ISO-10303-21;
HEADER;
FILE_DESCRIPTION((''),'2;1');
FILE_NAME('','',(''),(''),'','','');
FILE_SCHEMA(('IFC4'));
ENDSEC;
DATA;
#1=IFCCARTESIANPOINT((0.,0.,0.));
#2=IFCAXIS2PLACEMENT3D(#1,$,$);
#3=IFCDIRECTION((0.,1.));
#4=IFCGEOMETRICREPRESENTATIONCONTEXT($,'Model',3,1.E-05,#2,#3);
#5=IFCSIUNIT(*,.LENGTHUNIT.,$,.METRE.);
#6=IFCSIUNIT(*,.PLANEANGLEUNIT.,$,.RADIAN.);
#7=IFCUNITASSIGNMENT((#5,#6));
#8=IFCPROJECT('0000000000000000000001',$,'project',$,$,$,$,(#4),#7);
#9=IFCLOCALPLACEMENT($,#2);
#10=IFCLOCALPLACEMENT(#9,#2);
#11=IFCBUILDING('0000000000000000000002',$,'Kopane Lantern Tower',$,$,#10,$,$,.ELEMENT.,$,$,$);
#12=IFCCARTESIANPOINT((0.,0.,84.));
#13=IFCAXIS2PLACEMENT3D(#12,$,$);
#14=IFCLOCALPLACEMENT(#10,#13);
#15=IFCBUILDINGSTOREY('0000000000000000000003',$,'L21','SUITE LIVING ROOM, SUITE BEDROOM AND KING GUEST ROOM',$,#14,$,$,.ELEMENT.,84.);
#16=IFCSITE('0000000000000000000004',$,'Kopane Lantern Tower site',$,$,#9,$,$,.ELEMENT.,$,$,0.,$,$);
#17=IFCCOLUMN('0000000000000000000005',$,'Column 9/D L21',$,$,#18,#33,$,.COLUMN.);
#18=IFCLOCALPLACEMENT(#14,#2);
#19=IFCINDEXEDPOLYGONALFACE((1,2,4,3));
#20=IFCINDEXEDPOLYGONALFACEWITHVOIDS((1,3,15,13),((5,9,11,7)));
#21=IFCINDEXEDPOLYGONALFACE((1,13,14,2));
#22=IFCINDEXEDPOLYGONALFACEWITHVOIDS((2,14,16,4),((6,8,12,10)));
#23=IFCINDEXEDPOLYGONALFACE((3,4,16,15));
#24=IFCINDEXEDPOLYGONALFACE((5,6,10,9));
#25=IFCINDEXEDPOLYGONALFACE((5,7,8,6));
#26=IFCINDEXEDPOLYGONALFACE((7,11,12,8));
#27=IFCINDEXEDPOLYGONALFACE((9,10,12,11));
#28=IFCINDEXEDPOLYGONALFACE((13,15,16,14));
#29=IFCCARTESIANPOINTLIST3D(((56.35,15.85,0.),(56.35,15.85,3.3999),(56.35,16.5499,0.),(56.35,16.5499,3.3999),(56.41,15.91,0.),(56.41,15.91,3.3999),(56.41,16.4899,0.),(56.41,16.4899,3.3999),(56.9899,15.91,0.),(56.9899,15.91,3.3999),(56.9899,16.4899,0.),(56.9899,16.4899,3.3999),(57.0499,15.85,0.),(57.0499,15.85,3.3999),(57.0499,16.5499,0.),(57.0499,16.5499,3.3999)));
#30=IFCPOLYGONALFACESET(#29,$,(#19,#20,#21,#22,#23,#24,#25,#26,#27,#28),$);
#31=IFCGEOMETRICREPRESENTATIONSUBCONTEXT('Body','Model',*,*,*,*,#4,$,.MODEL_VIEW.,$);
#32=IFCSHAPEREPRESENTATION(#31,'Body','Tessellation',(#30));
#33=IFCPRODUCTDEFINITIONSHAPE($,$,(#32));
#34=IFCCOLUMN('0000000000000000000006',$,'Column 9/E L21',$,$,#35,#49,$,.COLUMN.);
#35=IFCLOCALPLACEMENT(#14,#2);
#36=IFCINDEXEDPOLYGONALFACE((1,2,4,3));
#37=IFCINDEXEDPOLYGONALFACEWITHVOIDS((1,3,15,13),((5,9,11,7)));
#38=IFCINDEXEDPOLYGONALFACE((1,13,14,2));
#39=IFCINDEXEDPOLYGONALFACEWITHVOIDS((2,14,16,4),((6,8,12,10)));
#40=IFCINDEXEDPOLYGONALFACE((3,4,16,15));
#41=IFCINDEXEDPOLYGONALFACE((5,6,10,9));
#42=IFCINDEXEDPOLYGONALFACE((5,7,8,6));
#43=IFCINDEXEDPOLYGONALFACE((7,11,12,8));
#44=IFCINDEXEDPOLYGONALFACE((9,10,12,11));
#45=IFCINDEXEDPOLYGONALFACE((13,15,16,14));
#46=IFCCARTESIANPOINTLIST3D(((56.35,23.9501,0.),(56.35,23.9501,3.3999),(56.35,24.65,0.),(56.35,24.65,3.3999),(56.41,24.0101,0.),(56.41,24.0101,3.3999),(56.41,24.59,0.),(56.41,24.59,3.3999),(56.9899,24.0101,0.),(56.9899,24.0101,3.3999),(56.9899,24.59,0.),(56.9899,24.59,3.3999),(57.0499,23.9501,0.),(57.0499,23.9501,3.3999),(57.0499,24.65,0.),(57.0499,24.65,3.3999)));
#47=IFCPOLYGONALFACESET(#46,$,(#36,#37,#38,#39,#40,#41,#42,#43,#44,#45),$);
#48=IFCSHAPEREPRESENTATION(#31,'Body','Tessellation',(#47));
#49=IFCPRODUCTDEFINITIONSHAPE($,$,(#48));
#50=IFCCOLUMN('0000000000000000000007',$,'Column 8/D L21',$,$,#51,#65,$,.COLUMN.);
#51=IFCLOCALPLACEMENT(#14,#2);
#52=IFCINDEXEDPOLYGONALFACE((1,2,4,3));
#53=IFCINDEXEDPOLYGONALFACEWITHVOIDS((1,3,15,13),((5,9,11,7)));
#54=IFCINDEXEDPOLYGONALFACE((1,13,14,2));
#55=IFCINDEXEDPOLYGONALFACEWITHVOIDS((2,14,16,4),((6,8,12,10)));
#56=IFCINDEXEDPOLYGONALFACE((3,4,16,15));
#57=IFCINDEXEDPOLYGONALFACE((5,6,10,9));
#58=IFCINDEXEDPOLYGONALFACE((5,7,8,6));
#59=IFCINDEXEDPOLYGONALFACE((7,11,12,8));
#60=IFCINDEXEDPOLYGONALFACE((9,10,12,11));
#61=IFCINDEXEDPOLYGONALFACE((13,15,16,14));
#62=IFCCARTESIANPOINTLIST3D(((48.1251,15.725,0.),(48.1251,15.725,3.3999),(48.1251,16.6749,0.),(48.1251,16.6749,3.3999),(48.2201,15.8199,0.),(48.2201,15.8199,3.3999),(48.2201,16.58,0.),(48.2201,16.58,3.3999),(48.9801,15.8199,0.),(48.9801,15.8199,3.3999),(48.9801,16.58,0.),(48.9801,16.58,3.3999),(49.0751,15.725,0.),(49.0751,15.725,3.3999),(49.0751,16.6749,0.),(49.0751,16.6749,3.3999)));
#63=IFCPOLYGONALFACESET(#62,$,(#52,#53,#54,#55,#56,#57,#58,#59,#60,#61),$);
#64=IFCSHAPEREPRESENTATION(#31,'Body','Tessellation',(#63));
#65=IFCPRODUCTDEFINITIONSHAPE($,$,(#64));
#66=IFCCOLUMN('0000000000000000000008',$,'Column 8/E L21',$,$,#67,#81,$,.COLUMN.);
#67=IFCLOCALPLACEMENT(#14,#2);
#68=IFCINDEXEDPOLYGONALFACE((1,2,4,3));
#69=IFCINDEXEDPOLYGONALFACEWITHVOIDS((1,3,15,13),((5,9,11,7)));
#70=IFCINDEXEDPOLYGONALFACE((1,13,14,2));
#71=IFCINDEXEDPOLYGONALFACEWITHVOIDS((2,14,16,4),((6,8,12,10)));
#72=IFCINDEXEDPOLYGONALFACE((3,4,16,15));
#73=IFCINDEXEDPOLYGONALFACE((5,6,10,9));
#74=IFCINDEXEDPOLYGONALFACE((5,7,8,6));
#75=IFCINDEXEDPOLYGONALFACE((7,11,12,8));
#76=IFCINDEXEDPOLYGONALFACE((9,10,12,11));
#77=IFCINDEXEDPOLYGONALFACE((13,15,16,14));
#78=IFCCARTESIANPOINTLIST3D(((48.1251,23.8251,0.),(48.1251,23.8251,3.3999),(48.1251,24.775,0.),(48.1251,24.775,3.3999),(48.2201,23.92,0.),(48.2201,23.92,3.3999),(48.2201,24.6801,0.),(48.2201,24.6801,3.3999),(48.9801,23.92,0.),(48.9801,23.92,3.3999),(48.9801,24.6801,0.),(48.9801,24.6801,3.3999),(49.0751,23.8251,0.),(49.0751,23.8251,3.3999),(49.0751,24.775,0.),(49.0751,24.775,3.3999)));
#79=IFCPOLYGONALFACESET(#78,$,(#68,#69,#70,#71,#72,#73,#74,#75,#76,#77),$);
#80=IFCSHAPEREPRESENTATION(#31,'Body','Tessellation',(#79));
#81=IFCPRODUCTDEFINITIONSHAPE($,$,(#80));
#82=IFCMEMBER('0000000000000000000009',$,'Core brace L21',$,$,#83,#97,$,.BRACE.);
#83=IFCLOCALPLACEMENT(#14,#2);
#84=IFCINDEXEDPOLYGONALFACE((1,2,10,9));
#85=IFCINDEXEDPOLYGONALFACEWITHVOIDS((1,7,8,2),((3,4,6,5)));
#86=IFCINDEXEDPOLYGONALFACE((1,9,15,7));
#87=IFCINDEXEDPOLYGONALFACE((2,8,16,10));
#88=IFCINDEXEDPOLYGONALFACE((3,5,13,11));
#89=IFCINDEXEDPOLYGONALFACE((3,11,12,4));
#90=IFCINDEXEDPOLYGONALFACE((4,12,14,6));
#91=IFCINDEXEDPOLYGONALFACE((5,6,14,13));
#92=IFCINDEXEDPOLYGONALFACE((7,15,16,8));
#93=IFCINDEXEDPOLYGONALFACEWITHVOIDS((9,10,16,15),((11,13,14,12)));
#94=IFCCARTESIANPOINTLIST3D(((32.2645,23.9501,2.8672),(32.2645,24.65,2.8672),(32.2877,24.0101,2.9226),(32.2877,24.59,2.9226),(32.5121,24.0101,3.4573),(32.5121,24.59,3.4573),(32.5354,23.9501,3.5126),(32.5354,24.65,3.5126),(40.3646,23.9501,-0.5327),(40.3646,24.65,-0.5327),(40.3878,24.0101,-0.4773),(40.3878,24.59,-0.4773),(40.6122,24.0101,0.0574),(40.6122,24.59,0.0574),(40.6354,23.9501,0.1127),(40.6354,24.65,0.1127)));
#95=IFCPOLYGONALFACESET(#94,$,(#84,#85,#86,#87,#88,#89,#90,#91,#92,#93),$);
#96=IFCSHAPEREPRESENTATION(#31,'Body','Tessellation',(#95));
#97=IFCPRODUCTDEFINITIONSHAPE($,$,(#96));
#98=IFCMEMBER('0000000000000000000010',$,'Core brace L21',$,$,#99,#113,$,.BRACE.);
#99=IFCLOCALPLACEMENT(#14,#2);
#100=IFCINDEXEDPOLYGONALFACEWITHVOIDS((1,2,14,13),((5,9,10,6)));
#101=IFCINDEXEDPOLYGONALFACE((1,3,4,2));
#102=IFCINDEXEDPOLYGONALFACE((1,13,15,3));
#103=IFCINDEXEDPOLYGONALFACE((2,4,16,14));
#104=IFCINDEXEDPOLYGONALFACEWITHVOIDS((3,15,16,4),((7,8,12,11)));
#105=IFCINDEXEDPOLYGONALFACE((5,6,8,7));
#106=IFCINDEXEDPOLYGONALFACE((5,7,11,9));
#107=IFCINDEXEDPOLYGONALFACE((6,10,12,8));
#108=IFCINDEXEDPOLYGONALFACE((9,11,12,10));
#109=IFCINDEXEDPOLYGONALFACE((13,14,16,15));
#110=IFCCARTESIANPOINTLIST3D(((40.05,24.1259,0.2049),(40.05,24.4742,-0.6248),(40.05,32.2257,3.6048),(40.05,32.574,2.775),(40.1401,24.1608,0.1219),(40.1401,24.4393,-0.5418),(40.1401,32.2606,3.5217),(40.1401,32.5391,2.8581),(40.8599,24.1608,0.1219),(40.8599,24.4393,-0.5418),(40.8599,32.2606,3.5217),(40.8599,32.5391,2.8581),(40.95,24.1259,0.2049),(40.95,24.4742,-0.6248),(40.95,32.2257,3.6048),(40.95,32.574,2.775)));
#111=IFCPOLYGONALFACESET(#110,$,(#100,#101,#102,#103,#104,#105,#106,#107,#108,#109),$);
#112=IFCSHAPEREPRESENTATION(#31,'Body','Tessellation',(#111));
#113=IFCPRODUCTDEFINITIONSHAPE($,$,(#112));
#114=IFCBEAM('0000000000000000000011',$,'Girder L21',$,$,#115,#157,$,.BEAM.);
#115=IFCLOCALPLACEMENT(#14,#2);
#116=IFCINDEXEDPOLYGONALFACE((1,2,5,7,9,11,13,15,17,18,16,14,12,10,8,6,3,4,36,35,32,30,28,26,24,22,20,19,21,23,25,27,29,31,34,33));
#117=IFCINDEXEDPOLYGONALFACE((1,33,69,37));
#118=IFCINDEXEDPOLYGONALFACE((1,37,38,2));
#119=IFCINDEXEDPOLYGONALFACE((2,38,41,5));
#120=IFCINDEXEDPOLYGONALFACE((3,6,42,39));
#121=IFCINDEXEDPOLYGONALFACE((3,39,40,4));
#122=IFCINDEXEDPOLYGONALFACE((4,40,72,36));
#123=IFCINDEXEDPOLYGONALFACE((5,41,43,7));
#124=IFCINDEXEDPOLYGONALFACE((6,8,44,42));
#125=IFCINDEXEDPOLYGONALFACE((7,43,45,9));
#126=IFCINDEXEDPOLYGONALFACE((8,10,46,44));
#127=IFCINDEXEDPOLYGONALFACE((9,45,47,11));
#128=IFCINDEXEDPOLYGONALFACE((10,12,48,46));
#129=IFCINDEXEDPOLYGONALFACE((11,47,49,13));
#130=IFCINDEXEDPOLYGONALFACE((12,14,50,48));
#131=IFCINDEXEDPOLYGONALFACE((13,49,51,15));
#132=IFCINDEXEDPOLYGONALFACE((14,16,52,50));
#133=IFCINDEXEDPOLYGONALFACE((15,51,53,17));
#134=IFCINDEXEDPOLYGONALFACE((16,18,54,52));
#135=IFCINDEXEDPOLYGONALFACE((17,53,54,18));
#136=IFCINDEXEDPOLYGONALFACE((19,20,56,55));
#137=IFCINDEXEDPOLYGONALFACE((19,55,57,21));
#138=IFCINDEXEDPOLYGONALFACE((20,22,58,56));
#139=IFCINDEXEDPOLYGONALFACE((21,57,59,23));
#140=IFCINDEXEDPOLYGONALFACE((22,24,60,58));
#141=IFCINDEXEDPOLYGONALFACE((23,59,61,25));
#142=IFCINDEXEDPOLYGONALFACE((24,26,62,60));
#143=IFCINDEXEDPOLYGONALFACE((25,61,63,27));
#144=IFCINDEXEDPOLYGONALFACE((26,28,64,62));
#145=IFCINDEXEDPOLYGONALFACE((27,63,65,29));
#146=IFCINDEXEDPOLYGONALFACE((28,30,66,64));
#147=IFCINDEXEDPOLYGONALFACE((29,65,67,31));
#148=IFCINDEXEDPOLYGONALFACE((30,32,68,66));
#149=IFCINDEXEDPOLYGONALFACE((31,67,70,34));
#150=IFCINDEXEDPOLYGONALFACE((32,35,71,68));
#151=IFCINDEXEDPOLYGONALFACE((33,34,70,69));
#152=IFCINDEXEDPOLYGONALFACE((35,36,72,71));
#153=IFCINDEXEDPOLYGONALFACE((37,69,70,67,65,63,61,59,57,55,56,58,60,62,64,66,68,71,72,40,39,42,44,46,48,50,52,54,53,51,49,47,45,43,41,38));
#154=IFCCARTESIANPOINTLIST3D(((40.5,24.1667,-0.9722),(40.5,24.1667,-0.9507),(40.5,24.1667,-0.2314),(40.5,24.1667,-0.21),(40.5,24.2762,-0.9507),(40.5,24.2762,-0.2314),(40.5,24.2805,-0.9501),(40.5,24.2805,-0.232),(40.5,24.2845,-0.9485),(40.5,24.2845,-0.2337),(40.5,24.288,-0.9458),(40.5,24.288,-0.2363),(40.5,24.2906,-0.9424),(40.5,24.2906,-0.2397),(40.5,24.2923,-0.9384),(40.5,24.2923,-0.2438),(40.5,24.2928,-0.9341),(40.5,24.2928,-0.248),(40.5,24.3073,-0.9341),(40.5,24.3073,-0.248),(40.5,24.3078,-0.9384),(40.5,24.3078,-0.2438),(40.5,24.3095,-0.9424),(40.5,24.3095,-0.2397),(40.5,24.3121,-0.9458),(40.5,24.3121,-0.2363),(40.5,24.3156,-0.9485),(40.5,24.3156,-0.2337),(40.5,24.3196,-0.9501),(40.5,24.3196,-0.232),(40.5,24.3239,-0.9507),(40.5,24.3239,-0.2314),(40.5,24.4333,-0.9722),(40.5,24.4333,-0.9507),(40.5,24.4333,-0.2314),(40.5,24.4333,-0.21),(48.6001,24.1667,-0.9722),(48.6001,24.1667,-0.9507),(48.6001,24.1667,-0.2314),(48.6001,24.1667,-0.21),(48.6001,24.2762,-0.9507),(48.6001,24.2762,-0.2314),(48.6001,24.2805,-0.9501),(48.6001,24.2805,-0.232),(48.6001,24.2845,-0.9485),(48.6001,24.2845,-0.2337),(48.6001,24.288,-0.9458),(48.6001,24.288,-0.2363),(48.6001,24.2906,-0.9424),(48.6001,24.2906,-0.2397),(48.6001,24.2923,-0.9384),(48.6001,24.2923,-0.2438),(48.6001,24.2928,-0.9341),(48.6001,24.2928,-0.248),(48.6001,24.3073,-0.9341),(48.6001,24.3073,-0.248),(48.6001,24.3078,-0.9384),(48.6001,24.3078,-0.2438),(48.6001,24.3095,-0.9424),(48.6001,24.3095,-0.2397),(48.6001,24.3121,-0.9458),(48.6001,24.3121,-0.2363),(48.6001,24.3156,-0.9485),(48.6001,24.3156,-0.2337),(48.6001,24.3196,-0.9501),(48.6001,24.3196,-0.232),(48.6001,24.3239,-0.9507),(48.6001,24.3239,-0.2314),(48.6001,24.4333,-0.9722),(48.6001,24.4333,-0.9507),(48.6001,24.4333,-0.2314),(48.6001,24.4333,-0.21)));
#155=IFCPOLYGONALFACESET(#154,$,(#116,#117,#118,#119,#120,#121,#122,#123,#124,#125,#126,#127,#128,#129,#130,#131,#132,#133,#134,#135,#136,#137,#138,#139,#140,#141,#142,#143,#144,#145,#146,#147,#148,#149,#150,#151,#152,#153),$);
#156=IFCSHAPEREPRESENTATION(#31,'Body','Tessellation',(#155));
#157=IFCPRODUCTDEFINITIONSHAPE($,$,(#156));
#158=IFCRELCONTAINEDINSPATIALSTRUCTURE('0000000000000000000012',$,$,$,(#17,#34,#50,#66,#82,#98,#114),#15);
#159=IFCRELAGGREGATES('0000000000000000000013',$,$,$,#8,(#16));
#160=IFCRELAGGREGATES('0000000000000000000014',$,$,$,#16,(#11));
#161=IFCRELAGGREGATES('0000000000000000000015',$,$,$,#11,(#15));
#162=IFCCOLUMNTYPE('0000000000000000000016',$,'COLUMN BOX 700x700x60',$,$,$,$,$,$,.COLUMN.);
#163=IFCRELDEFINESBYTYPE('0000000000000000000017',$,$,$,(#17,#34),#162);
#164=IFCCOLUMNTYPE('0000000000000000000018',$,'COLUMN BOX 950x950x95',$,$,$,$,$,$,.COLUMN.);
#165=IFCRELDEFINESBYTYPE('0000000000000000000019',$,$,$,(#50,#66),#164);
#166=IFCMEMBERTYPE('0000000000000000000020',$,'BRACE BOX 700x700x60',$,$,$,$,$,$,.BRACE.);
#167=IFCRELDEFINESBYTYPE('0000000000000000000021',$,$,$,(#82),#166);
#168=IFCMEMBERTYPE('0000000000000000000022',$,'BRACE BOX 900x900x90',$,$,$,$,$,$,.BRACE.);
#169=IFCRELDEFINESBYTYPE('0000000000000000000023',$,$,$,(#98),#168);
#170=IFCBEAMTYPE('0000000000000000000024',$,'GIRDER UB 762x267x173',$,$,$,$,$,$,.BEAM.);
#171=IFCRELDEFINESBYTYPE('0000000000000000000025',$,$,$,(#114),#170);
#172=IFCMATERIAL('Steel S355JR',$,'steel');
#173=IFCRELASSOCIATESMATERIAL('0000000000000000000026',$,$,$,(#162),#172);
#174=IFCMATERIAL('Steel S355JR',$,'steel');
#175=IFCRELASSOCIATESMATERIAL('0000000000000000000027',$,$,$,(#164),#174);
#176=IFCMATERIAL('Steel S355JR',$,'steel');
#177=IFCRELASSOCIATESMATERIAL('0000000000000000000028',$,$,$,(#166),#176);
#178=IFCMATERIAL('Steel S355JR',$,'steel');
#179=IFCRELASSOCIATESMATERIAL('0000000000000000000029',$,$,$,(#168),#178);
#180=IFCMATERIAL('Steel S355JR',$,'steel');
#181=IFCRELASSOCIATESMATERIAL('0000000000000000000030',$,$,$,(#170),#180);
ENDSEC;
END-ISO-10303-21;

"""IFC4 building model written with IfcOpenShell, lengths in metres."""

from ifc_helpers import new_model, si_unit, direction, frame, origin, origin_2d, place, context, subcontext, project, spatial, hollow_rectangle, i_section, extrude, material, material_profile, profile_set, type_object, element, save


model = new_model("IFC4")

# Units and contexts
model_context = context("Model", 3, precision=1e-05, world=origin(), true_north=direction((0.0, 1.0)))
body_context = subcontext(model_context, "Body", "Model", "MODEL_VIEW")
ifc_project = project(units=[si_unit("LENGTHUNIT", "METRE"), si_unit("PLANEANGLEUNIT", "RADIAN")], contexts=[model_context])

# Site, building, storey
site_placement = place(None, origin())
site = spatial("IfcSite", under=ifc_project, at=site_placement, Name="Kopane Lantern Tower site", CompositionType="ELEMENT", RefElevation=0.0)
building_placement = place(site_placement, origin())
building = spatial("IfcBuilding", under=site, at=building_placement, Name="Kopane Lantern Tower", CompositionType="ELEMENT")
storey_placement = place(building_placement, frame((0.0, 0.0, 84.0)))
storey = spatial("IfcBuildingStorey", under=building, at=storey_placement, Name="L21", Description="SUITE LIVING ROOM, SUITE BEDROOM AND KING GUEST ROOM", CompositionType="ELEMENT", Elevation=84.0)

# Columns
ifc_material_1 = material(Name="Steel S355JR", Category="steel")
ifc_material_profile_1 = material_profile(ifc_material_1, hollow_rectangle(XDim=0.7, YDim=0.7, WallThickness=0.0601, at=origin_2d()), Name="BOX 700x700x60")
ifc_profile_set_1 = profile_set([ifc_material_profile_1], Name="Steel S355JR")
column_type_1 = type_object("IfcColumnType", Name="COLUMN BOX 700x700x60", PredefinedType="COLUMN", material=ifc_profile_set_1)
for number, where, z_axis, x_axis, name in (
    (1, (56.7, 16.2, 0.0), (0.0, 0.0, 1.0), (1.0, 0.0, 0.0), "Column 9/D L21"),
    (2, (56.7, 24.3, 0.0), (0.0, 0.0, 1.0), (1.0, 0.0, 0.0), "Column 9/E L21"),
):
    element("IfcColumn", number, at=place(storey_placement, frame(where, z_axis=z_axis, x_axis=x_axis)), inside=storey, type_object=column_type_1, Name=name, PredefinedType="COLUMN", context=body_context, shape_type="SweptSolid", body=[
        extrude(hollow_rectangle(XDim=0.7, YDim=0.7, WallThickness=0.0601, at=origin_2d()), origin(), (0.0, 0.0, 1.0), 3.3999),
    ])
ifc_material_2 = material(Name="Steel S355JR", Category="steel")
ifc_material_profile_2 = material_profile(ifc_material_2, hollow_rectangle(XDim=0.95, YDim=0.95, WallThickness=0.095, at=origin_2d()), Name="BOX 950x950x95")
ifc_profile_set_2 = profile_set([ifc_material_profile_2], Name="Steel S355JR")
column_type_2 = type_object("IfcColumnType", Name="COLUMN BOX 950x950x95", PredefinedType="COLUMN", material=ifc_profile_set_2)
for number, where, z_axis, x_axis, name in (
    (3, (48.6001, 16.2, 0.0), (0.0, 0.0, 1.0), (1.0, 0.0, 0.0), "Column 8/D L21"),
    (4, (48.6001, 24.3, 0.0), (0.0, 0.0, 1.0), (1.0, 0.0, 0.0), "Column 8/E L21"),
):
    element("IfcColumn", number, at=place(storey_placement, frame(where, z_axis=z_axis, x_axis=x_axis)), inside=storey, type_object=column_type_2, Name=name, PredefinedType="COLUMN", context=body_context, shape_type="SweptSolid", body=[
        extrude(hollow_rectangle(XDim=0.95, YDim=0.95, WallThickness=0.095, at=origin_2d()), origin(), (0.0, 0.0, 1.0), 3.3999),
    ])

# Members
ifc_material_3 = material(Name="Steel S355JR", Category="steel")
ifc_material_profile_3 = material_profile(ifc_material_3, hollow_rectangle(XDim=0.7, YDim=0.7, WallThickness=0.0601, at=origin_2d()), Name="BOX 700x700x60")
ifc_profile_set_3 = profile_set([ifc_material_profile_3], Name="Steel S355JR")
member_type_1 = type_object("IfcMemberType", Name="BRACE BOX 700x700x60", PredefinedType="BRACE", material=ifc_profile_set_3)
member_1_placement = place(storey_placement, frame((40.5, 24.3, -0.21), z_axis=(-0.922069, 0.0, 0.387026), x_axis=(0.0, -1.0, 0.0)))
element("IfcMember", 5, at=member_1_placement, inside=storey, type_object=member_type_1, Name="Core brace L21", PredefinedType="BRACE", context=body_context, shape_type="SweptSolid", body=[
    extrude(hollow_rectangle(XDim=0.7, YDim=0.7, WallThickness=0.0601, at=origin_2d()), origin(), (0.0, 0.0, 1.0), 8.7847),
])
ifc_material_4 = material(Name="Steel S355JR", Category="steel")
ifc_material_profile_4 = material_profile(ifc_material_4, hollow_rectangle(XDim=0.8999, YDim=0.8999, WallThickness=0.0901, at=origin_2d()), Name="BOX 900x900x90")
ifc_profile_set_4 = profile_set([ifc_material_profile_4], Name="Steel S355JR")
member_type_2 = type_object("IfcMemberType", Name="BRACE BOX 900x900x90", PredefinedType="BRACE", material=ifc_profile_set_4)
member_2_placement = place(storey_placement, frame((40.5, 24.3, -0.21), z_axis=(0.0, 0.922065, 0.387035), x_axis=(-1.0, 0.0, 0.0)))
element("IfcMember", 6, at=member_2_placement, inside=storey, type_object=member_type_2, Name="Core brace L21", PredefinedType="BRACE", context=body_context, shape_type="SweptSolid", body=[
    extrude(hollow_rectangle(XDim=0.8999, YDim=0.8999, WallThickness=0.0901, at=origin_2d()), origin(), (0.0, 0.0, 1.0), 8.7844),
])

# Beam
ifc_material_5 = material(Name="Steel S355JR", Category="steel")
ifc_material_profile_5 = material_profile(ifc_material_5, i_section(OverallWidth=0.2666, OverallDepth=0.7622, WebThickness=0.0144, FlangeThickness=0.0215, FilletRadius=0.0166, at=origin_2d()), Name="UB 762x267x173")
ifc_profile_set_5 = profile_set([ifc_material_profile_5], Name="Steel S355JR")
beam_type = type_object("IfcBeamType", Name="GIRDER UB 762x267x173", PredefinedType="BEAM", material=ifc_profile_set_5)
for number, where, z_axis, x_axis, name in (
    (7, (40.5, 24.3, -0.5911), (1.0, 0.0, 0.0), (0.0, 1.0, 0.0), "Girder L21"),
):
    element("IfcBeam", number, at=place(storey_placement, frame(where, z_axis=z_axis, x_axis=x_axis)), inside=storey, type_object=beam_type, Name=name, PredefinedType="BEAM", context=body_context, shape_type="SweptSolid", body=[
        extrude(i_section(OverallWidth=0.2666, OverallDepth=0.7622, WebThickness=0.0144, FlangeThickness=0.0215, FilletRadius=0.0166, at=origin_2d()), origin(), (0.0, 0.0, 1.0), 8.1001),
    ])

save(model, "model.ifc")
